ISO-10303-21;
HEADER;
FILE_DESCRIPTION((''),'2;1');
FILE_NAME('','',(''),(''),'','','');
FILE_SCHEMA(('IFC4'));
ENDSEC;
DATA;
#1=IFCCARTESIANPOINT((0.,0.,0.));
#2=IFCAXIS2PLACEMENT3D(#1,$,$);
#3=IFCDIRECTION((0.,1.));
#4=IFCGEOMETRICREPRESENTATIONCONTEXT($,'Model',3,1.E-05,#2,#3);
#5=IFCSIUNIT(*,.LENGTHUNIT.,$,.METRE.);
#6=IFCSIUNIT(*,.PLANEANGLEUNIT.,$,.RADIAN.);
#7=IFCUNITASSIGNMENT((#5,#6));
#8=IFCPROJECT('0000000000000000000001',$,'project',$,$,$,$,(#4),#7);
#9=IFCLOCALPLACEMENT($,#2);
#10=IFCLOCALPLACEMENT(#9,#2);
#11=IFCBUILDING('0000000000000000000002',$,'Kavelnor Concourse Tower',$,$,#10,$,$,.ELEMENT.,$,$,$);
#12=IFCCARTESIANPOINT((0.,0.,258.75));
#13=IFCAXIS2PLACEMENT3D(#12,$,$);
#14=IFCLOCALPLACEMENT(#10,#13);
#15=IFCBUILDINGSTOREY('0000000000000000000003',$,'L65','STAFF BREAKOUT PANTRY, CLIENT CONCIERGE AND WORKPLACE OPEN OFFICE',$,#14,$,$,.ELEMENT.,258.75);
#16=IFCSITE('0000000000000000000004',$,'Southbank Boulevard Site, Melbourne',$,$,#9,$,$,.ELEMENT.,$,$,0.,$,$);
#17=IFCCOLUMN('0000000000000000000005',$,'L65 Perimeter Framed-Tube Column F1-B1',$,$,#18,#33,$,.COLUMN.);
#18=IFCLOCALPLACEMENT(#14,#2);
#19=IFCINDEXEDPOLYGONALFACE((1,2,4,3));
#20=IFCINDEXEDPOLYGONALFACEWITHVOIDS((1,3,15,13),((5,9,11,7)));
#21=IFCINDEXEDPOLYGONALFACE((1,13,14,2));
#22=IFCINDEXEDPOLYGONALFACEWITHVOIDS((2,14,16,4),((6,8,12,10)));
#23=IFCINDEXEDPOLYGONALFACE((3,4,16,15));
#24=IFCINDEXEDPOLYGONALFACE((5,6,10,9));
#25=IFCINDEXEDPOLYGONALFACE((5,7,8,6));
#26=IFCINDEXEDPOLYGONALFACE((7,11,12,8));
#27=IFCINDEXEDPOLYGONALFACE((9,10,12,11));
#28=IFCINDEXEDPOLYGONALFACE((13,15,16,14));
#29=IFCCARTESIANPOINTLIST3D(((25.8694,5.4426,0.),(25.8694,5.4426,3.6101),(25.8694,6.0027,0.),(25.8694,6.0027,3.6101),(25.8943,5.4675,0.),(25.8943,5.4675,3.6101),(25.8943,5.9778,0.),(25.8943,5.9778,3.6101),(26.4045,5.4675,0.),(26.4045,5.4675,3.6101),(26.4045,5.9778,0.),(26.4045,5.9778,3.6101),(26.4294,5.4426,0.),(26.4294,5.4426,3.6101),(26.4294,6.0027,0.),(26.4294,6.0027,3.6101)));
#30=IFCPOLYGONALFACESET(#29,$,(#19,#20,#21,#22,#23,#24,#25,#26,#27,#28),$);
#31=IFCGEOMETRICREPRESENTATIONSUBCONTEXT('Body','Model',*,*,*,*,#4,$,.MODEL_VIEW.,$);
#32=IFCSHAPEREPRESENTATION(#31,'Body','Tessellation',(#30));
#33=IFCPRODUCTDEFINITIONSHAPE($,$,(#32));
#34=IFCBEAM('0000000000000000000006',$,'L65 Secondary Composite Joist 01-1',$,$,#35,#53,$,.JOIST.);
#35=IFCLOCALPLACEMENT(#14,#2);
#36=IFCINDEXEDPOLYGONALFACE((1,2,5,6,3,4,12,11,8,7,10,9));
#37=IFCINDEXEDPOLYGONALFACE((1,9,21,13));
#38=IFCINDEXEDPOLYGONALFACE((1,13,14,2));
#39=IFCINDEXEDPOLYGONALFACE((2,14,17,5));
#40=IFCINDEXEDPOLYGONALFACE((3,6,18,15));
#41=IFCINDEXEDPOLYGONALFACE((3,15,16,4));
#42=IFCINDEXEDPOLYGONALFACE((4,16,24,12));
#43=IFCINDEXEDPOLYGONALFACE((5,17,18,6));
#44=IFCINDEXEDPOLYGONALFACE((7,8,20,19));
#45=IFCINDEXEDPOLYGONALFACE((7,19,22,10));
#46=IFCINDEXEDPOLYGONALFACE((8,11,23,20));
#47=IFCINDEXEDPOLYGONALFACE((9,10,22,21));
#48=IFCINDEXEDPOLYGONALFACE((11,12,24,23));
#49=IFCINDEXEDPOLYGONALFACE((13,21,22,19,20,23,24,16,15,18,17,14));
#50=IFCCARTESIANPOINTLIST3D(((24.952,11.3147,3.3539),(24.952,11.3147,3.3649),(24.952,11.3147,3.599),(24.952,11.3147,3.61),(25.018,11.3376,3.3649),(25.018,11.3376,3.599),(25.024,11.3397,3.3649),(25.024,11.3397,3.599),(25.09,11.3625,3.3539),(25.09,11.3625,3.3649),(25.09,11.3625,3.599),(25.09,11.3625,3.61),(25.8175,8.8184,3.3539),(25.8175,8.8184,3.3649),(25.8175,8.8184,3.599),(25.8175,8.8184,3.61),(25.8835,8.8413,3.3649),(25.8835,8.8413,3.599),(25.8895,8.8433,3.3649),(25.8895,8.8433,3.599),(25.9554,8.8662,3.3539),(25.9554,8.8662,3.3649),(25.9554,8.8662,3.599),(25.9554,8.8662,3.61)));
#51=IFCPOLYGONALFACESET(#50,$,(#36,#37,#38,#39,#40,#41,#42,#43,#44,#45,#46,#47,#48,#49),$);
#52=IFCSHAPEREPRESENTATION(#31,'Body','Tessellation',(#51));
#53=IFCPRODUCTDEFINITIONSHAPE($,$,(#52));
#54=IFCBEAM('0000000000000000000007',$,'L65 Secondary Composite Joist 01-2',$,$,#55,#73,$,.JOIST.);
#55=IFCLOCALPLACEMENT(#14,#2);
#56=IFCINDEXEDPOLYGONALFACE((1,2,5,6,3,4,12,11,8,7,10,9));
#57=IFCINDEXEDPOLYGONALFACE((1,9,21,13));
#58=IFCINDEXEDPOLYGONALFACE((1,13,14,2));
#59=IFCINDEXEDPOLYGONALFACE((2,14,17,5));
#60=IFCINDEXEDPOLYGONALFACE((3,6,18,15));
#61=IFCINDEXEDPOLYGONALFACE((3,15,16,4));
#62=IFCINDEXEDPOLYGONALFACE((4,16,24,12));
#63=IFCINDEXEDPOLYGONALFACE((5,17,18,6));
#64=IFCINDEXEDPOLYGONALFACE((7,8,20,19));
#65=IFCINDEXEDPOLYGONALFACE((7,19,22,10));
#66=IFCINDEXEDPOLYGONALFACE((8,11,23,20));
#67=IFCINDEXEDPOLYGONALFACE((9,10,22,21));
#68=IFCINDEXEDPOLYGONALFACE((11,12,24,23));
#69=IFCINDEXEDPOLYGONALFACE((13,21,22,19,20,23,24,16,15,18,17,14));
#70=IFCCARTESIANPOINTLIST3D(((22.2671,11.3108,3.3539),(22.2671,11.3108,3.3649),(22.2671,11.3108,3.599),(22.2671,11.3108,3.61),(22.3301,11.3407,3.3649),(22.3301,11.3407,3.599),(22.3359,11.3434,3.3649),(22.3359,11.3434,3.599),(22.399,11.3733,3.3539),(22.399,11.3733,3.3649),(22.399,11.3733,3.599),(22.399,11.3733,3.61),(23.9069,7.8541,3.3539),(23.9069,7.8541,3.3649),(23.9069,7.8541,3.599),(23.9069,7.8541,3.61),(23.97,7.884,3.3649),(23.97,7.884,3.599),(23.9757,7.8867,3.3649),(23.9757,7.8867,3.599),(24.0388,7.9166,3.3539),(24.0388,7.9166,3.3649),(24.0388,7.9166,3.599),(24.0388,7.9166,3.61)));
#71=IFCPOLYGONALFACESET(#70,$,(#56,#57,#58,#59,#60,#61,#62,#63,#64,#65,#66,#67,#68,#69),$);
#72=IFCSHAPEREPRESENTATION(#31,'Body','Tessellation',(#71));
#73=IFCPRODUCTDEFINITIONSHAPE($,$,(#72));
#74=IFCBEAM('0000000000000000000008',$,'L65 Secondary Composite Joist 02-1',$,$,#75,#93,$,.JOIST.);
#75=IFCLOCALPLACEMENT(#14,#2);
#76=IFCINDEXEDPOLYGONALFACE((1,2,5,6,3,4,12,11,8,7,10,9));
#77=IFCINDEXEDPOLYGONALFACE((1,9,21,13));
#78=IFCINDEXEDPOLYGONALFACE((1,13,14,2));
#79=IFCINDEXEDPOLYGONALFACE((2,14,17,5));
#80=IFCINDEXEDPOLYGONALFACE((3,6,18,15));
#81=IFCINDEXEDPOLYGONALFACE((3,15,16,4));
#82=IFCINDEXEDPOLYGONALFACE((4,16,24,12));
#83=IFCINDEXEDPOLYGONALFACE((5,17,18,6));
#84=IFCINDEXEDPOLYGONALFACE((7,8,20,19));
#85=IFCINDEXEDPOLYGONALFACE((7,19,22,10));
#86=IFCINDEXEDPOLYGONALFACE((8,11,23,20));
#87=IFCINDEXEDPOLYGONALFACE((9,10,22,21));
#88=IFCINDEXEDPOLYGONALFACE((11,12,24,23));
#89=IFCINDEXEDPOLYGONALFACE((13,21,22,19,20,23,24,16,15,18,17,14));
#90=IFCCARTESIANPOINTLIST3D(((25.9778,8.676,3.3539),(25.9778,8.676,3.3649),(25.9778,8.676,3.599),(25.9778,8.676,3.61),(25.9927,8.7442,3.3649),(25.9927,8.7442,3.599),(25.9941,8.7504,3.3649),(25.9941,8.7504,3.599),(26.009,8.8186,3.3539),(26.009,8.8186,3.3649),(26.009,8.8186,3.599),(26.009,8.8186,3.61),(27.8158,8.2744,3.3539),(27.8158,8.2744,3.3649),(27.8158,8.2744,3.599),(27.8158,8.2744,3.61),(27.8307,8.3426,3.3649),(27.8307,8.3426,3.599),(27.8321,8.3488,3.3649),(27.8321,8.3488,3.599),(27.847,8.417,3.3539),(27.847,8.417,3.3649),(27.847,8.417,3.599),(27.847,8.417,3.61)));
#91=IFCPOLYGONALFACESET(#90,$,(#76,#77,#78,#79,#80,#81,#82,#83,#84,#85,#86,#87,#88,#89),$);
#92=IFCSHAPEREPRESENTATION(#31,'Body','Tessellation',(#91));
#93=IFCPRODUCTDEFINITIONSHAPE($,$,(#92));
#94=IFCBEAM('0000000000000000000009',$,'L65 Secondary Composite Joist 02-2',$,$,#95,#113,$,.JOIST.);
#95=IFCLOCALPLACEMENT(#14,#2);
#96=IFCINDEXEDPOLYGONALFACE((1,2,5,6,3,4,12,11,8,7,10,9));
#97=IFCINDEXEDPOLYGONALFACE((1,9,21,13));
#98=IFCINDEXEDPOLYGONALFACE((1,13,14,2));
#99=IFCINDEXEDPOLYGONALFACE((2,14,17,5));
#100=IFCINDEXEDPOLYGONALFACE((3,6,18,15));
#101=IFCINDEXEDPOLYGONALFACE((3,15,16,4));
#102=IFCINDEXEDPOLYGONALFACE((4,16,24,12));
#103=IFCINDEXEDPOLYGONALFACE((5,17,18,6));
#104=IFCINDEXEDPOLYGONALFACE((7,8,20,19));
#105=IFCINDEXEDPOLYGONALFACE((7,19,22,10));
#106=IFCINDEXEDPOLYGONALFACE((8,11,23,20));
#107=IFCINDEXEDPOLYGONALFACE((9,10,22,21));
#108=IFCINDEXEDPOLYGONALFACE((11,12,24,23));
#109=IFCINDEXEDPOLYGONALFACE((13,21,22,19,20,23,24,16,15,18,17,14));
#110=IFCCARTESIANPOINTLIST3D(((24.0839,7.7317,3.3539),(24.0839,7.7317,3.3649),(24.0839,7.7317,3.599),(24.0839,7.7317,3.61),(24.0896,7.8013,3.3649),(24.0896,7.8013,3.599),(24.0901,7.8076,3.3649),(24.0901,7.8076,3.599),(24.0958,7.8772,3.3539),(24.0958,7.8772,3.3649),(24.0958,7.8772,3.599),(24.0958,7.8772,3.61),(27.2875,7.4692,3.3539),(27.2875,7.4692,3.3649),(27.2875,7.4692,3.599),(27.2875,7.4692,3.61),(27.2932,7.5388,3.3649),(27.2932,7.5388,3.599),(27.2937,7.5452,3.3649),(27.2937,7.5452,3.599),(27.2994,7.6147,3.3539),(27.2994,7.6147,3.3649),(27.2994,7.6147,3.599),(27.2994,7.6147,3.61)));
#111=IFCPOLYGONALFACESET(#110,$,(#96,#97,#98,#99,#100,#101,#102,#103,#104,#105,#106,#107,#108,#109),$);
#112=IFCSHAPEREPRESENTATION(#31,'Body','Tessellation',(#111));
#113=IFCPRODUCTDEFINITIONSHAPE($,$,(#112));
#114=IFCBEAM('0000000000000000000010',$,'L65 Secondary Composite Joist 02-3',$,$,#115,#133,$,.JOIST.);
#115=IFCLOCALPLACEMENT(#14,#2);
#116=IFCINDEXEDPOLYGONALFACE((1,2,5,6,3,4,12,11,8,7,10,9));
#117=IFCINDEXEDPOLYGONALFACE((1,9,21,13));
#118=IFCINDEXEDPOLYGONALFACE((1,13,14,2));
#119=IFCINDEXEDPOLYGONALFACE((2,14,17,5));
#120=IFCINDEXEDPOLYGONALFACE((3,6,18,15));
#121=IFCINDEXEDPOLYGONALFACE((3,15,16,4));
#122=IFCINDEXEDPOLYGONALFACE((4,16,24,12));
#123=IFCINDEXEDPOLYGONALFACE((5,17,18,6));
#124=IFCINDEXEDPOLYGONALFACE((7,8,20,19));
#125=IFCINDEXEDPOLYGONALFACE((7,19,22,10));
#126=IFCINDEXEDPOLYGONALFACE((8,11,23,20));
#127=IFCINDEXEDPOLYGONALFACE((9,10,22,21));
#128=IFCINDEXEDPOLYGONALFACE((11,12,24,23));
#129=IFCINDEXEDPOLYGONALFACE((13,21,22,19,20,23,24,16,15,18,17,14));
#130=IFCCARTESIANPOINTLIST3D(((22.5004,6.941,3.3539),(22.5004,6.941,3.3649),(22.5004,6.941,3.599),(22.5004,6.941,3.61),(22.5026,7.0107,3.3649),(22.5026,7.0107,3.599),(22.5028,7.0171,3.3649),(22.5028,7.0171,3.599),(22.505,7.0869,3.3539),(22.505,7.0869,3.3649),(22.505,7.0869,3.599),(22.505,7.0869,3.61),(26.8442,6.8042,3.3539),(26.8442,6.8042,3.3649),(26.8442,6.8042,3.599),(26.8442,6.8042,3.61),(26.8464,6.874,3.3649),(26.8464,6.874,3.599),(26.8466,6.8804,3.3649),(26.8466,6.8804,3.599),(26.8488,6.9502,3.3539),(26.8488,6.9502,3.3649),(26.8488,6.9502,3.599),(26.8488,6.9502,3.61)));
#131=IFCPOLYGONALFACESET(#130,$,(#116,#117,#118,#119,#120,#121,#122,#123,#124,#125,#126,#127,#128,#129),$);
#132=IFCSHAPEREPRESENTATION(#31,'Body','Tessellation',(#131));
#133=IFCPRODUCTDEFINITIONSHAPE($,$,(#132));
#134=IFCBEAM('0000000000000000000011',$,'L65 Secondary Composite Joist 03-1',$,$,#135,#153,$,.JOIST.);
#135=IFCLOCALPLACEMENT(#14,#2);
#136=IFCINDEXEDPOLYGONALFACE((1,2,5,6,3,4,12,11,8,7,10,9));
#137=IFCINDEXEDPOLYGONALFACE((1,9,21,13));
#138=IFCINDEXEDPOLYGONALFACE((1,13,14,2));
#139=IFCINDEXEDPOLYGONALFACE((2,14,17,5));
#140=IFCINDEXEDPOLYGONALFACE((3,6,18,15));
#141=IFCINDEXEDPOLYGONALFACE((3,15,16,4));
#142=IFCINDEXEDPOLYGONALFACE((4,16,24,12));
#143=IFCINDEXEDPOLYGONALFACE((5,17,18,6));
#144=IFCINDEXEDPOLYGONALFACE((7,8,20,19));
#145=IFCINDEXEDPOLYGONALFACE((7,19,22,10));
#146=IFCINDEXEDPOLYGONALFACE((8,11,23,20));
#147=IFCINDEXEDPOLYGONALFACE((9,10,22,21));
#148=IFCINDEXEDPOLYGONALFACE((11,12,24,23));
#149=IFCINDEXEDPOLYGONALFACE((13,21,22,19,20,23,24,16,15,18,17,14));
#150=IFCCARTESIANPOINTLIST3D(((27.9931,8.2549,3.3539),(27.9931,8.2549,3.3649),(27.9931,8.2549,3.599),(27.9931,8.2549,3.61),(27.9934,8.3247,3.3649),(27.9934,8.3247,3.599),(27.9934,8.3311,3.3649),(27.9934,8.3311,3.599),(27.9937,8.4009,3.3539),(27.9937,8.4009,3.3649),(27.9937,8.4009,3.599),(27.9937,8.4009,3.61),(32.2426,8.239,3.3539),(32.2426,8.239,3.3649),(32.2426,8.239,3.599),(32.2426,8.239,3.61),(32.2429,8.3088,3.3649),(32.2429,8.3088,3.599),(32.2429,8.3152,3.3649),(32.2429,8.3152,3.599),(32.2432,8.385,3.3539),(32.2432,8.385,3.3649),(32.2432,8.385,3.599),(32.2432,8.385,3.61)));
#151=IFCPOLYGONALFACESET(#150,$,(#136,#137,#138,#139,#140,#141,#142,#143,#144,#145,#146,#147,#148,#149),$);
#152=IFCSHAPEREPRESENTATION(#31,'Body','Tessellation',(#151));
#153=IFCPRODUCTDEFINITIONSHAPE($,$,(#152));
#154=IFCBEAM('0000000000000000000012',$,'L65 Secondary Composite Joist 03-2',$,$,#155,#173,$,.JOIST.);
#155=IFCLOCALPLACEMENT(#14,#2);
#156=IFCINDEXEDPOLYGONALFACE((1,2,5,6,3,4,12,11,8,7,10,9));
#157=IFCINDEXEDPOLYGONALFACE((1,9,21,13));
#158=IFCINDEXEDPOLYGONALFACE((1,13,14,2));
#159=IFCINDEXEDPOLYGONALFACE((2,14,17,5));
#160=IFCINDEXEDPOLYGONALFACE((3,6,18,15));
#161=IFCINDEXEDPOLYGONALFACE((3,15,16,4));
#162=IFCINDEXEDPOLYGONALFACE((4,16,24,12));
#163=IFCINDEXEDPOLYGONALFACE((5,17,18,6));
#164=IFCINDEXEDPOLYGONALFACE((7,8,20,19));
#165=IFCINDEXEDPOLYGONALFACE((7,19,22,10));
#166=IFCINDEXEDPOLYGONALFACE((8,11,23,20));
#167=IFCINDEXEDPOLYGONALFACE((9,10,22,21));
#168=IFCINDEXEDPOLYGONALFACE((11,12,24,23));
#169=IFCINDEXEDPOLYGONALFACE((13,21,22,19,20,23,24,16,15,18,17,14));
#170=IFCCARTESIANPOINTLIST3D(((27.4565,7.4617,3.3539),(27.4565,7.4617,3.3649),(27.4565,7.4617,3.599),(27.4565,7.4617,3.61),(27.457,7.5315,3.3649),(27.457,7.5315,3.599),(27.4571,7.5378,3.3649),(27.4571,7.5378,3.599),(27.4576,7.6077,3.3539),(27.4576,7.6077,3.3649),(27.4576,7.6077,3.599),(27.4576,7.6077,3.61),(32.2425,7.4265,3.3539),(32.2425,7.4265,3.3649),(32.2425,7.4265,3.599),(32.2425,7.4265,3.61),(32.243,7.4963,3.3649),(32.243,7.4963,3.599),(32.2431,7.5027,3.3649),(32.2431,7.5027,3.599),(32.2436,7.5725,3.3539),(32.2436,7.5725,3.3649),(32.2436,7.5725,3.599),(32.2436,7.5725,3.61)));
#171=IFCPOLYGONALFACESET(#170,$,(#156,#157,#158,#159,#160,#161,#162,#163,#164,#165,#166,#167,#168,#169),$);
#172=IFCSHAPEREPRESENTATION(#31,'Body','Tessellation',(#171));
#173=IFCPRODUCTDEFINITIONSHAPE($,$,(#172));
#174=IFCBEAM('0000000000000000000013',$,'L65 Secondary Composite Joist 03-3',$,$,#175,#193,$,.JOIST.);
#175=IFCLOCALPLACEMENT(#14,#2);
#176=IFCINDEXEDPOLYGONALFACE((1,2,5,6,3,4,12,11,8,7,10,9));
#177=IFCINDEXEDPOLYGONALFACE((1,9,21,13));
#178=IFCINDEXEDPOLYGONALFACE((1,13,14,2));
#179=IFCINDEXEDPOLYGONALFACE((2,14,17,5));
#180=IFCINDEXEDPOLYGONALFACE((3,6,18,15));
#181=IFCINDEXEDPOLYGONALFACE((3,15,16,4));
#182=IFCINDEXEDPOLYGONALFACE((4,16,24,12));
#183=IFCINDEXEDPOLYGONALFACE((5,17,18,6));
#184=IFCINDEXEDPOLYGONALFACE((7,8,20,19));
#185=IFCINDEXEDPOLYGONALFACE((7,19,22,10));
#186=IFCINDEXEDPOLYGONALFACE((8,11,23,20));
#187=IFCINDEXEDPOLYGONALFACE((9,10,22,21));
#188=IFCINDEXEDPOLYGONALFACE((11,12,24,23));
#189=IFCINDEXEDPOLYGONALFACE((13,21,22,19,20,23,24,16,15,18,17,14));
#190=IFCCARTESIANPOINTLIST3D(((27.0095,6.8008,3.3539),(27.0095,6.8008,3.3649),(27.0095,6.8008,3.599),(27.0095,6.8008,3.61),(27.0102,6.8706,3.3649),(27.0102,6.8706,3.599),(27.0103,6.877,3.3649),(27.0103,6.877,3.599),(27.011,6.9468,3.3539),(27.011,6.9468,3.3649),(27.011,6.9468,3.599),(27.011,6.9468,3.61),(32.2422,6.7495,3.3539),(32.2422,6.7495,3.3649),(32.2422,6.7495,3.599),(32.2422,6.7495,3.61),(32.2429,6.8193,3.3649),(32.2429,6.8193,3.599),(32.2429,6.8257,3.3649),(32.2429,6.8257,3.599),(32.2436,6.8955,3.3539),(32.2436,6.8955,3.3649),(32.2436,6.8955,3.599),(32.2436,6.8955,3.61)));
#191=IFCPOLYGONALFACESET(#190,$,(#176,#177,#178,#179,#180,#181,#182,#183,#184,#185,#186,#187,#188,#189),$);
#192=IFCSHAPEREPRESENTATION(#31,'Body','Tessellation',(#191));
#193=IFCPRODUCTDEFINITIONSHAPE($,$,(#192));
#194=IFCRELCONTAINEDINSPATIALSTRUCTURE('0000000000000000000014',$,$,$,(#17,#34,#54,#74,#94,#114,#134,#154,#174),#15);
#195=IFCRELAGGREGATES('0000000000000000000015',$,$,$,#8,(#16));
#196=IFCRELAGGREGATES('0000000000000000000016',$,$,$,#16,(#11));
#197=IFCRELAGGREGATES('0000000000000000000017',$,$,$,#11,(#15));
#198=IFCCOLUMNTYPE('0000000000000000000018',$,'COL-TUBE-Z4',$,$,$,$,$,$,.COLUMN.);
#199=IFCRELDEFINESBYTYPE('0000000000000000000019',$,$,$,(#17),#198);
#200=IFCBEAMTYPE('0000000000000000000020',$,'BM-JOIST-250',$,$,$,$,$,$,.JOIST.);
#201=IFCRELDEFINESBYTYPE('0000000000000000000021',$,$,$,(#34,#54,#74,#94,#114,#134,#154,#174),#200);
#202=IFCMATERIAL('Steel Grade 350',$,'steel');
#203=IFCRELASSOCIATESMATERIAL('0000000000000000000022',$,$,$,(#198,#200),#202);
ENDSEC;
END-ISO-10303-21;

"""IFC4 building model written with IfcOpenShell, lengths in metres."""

from ifc_helpers import new_model, si_unit, direction, frame, origin, origin_2d, place, context, subcontext, project, spatial, hollow_rectangle, i_section, extrude, material, material_profile, profile_set, type_object, element, save


model = new_model("IFC4")

# Units and contexts
model_context = context("Model", 3, precision=1e-05, world=origin(), true_north=direction((0.0, 1.0)))
body_context = subcontext(model_context, "Body", "Model", "MODEL_VIEW")
ifc_project = project(units=[si_unit("LENGTHUNIT", "METRE"), si_unit("PLANEANGLEUNIT", "RADIAN")], contexts=[model_context])

# Site, building, storey
site_placement = place(None, origin())
site = spatial("IfcSite", under=ifc_project, at=site_placement, Name="Southbank Boulevard Site, Melbourne", CompositionType="ELEMENT", RefElevation=0.0)
building_placement = place(site_placement, origin())
building = spatial("IfcBuilding", under=site, at=building_placement, Name="Kavelnor Concourse Tower", CompositionType="ELEMENT")
storey_placement = place(building_placement, frame((0.0, 0.0, 258.75)))
storey = spatial("IfcBuildingStorey", under=building, at=storey_placement, Name="L65", Description="STAFF BREAKOUT PANTRY, CLIENT CONCIERGE AND WORKPLACE OPEN OFFICE", CompositionType="ELEMENT", Elevation=258.75)

# Column
ifc_material_1 = material(Name="Steel Grade 350", Category="steel")
ifc_material_profile_1 = material_profile(ifc_material_1, hollow_rectangle(XDim=0.5601, YDim=0.5601, WallThickness=0.0249, at=origin_2d()), Name="SHS 560x560x25")
ifc_profile_set_1 = profile_set([ifc_material_profile_1], Name="Steel Grade 350")
column_type = type_object("IfcColumnType", Name="COL-TUBE-Z4", PredefinedType="COLUMN", material=ifc_profile_set_1)
column_placement = place(storey_placement, frame((26.1494, 5.7227, 0.0), z_axis=(0.0, 0.0, 1.0), x_axis=(1.0, 0.0, 0.0)))
element("IfcColumn", 1, at=column_placement, inside=storey, type_object=column_type, Name="L65 Perimeter Framed-Tube Column F1-B1", PredefinedType="COLUMN", context=body_context, shape_type="SweptSolid", body=[
    extrude(hollow_rectangle(XDim=0.5601, YDim=0.5601, WallThickness=0.0249, at=origin_2d()), origin(), (0.0, 0.0, 1.0), 3.6101),
])

# Beams
ifc_material_profile_2 = material_profile(ifc_material_1, i_section(OverallWidth=0.146, OverallDepth=0.2561, WebThickness=0.0063, FlangeThickness=0.011, at=origin_2d()), Name="250UB37")
ifc_profile_set_2 = profile_set([ifc_material_profile_2], Name="Steel Grade 350")
beam_type_1 = type_object("IfcBeamType", Name="BM-JOIST-250", PredefinedType="JOIST", material=ifc_profile_set_2)
beam_1_placement = place(storey_placement, frame((25.021, 11.3386, 3.4819), z_axis=(0.327571, -0.944827, 0.0), x_axis=(0.944827, 0.327571, 0.0)))
element("IfcBeam", 2, at=beam_1_placement, inside=storey, type_object=beam_type_1, Name="L65 Secondary Composite Joist 01-1", PredefinedType="JOIST", context=body_context, shape_type="SweptSolid", body=[
    extrude(i_section(OverallWidth=0.146, OverallDepth=0.2561, WebThickness=0.0063, FlangeThickness=0.011, at=origin_2d()), origin(), (0.0, 0.0, 1.0), 2.6421),
])
beam_2_placement = place(storey_placement, frame((22.333, 11.342, 3.4819), z_axis=(0.428613, -0.903488, 0.0), x_axis=(0.903488, 0.428613, 0.0)))
element("IfcBeam", 3, at=beam_2_placement, inside=storey, type_object=beam_type_1, Name="L65 Secondary Composite Joist 01-2", PredefinedType="JOIST", context=body_context, shape_type="SweptSolid", body=[
    extrude(i_section(OverallWidth=0.146, OverallDepth=0.2561, WebThickness=0.0063, FlangeThickness=0.011, at=origin_2d()), origin(), (0.0, 0.0, 1.0), 3.8259),
])
beam_3_placement = place(storey_placement, frame((25.9934, 8.7473, 3.4819), z_axis=(0.976947, -0.21348, 0.0), x_axis=(0.21348, 0.976947, 0.0)))
element("IfcBeam", 4, at=beam_3_placement, inside=storey, type_object=beam_type_1, Name="L65 Secondary Composite Joist 02-1", PredefinedType="JOIST", context=body_context, shape_type="SweptSolid", body=[
    extrude(i_section(OverallWidth=0.146, OverallDepth=0.2561, WebThickness=0.0063, FlangeThickness=0.011, at=origin_2d()), origin(), (0.0, 0.0, 1.0), 1.8813),
])
beam_4_placement = place(storey_placement, frame((24.0898, 7.8044, 3.4819), z_axis=(0.996661, -0.08165, 0.0), x_axis=(0.08165, 0.996661, 0.0)))
element("IfcBeam", 5, at=beam_4_placement, inside=storey, type_object=beam_type_1, Name="L65 Secondary Composite Joist 02-2", PredefinedType="JOIST", context=body_context, shape_type="SweptSolid", body=[
    extrude(i_section(OverallWidth=0.146, OverallDepth=0.2561, WebThickness=0.0063, FlangeThickness=0.011, at=origin_2d()), origin(), (0.0, 0.0, 1.0), 3.2144),
])
beam_5_placement = place(storey_placement, frame((22.5027, 7.0139, 3.4819), z_axis=(0.999505, -0.031459, 0.0), x_axis=(0.031459, 0.999505, 0.0)))
element("IfcBeam", 6, at=beam_5_placement, inside=storey, type_object=beam_type_1, Name="L65 Secondary Composite Joist 02-3", PredefinedType="JOIST", context=body_context, shape_type="SweptSolid", body=[
    extrude(i_section(OverallWidth=0.146, OverallDepth=0.2561, WebThickness=0.0063, FlangeThickness=0.011, at=origin_2d()), origin(), (0.0, 0.0, 1.0), 4.3459),
])
beam_6_placement = place(storey_placement, frame((27.9934, 8.3279, 3.4819), z_axis=(0.999993, -0.003734, 0.0), x_axis=(0.003734, 0.999993, 0.0)))
element("IfcBeam", 7, at=beam_6_placement, inside=storey, type_object=beam_type_1, Name="L65 Secondary Composite Joist 03-1", PredefinedType="JOIST", context=body_context, shape_type="SweptSolid", body=[
    extrude(i_section(OverallWidth=0.146, OverallDepth=0.2561, WebThickness=0.0063, FlangeThickness=0.011, at=origin_2d()), origin(), (0.0, 0.0, 1.0), 4.2495),
])
beam_7_placement = place(storey_placement, frame((27.457, 7.5347, 3.4819), z_axis=(0.999973, -0.007346, 0.0), x_axis=(0.007346, 0.999973, 0.0)))
element("IfcBeam", 8, at=beam_7_placement, inside=storey, type_object=beam_type_1, Name="L65 Secondary Composite Joist 03-2", PredefinedType="JOIST", context=body_context, shape_type="SweptSolid", body=[
    extrude(i_section(OverallWidth=0.146, OverallDepth=0.2561, WebThickness=0.0063, FlangeThickness=0.011, at=origin_2d()), origin(), (0.0, 0.0, 1.0), 4.7861),
])
beam_8_placement = place(storey_placement, frame((27.0103, 6.8738, 3.4819), z_axis=(0.999952, -0.009798, 0.0), x_axis=(0.009798, 0.999952, 0.0)))
element("IfcBeam", 9, at=beam_8_placement, inside=storey, type_object=beam_type_1, Name="L65 Secondary Composite Joist 03-3", PredefinedType="JOIST", context=body_context, shape_type="SweptSolid", body=[
    extrude(i_section(OverallWidth=0.146, OverallDepth=0.2561, WebThickness=0.0063, FlangeThickness=0.011, at=origin_2d()), origin(), (0.0, 0.0, 1.0), 5.2329),
])

save(model, "model.ifc")
